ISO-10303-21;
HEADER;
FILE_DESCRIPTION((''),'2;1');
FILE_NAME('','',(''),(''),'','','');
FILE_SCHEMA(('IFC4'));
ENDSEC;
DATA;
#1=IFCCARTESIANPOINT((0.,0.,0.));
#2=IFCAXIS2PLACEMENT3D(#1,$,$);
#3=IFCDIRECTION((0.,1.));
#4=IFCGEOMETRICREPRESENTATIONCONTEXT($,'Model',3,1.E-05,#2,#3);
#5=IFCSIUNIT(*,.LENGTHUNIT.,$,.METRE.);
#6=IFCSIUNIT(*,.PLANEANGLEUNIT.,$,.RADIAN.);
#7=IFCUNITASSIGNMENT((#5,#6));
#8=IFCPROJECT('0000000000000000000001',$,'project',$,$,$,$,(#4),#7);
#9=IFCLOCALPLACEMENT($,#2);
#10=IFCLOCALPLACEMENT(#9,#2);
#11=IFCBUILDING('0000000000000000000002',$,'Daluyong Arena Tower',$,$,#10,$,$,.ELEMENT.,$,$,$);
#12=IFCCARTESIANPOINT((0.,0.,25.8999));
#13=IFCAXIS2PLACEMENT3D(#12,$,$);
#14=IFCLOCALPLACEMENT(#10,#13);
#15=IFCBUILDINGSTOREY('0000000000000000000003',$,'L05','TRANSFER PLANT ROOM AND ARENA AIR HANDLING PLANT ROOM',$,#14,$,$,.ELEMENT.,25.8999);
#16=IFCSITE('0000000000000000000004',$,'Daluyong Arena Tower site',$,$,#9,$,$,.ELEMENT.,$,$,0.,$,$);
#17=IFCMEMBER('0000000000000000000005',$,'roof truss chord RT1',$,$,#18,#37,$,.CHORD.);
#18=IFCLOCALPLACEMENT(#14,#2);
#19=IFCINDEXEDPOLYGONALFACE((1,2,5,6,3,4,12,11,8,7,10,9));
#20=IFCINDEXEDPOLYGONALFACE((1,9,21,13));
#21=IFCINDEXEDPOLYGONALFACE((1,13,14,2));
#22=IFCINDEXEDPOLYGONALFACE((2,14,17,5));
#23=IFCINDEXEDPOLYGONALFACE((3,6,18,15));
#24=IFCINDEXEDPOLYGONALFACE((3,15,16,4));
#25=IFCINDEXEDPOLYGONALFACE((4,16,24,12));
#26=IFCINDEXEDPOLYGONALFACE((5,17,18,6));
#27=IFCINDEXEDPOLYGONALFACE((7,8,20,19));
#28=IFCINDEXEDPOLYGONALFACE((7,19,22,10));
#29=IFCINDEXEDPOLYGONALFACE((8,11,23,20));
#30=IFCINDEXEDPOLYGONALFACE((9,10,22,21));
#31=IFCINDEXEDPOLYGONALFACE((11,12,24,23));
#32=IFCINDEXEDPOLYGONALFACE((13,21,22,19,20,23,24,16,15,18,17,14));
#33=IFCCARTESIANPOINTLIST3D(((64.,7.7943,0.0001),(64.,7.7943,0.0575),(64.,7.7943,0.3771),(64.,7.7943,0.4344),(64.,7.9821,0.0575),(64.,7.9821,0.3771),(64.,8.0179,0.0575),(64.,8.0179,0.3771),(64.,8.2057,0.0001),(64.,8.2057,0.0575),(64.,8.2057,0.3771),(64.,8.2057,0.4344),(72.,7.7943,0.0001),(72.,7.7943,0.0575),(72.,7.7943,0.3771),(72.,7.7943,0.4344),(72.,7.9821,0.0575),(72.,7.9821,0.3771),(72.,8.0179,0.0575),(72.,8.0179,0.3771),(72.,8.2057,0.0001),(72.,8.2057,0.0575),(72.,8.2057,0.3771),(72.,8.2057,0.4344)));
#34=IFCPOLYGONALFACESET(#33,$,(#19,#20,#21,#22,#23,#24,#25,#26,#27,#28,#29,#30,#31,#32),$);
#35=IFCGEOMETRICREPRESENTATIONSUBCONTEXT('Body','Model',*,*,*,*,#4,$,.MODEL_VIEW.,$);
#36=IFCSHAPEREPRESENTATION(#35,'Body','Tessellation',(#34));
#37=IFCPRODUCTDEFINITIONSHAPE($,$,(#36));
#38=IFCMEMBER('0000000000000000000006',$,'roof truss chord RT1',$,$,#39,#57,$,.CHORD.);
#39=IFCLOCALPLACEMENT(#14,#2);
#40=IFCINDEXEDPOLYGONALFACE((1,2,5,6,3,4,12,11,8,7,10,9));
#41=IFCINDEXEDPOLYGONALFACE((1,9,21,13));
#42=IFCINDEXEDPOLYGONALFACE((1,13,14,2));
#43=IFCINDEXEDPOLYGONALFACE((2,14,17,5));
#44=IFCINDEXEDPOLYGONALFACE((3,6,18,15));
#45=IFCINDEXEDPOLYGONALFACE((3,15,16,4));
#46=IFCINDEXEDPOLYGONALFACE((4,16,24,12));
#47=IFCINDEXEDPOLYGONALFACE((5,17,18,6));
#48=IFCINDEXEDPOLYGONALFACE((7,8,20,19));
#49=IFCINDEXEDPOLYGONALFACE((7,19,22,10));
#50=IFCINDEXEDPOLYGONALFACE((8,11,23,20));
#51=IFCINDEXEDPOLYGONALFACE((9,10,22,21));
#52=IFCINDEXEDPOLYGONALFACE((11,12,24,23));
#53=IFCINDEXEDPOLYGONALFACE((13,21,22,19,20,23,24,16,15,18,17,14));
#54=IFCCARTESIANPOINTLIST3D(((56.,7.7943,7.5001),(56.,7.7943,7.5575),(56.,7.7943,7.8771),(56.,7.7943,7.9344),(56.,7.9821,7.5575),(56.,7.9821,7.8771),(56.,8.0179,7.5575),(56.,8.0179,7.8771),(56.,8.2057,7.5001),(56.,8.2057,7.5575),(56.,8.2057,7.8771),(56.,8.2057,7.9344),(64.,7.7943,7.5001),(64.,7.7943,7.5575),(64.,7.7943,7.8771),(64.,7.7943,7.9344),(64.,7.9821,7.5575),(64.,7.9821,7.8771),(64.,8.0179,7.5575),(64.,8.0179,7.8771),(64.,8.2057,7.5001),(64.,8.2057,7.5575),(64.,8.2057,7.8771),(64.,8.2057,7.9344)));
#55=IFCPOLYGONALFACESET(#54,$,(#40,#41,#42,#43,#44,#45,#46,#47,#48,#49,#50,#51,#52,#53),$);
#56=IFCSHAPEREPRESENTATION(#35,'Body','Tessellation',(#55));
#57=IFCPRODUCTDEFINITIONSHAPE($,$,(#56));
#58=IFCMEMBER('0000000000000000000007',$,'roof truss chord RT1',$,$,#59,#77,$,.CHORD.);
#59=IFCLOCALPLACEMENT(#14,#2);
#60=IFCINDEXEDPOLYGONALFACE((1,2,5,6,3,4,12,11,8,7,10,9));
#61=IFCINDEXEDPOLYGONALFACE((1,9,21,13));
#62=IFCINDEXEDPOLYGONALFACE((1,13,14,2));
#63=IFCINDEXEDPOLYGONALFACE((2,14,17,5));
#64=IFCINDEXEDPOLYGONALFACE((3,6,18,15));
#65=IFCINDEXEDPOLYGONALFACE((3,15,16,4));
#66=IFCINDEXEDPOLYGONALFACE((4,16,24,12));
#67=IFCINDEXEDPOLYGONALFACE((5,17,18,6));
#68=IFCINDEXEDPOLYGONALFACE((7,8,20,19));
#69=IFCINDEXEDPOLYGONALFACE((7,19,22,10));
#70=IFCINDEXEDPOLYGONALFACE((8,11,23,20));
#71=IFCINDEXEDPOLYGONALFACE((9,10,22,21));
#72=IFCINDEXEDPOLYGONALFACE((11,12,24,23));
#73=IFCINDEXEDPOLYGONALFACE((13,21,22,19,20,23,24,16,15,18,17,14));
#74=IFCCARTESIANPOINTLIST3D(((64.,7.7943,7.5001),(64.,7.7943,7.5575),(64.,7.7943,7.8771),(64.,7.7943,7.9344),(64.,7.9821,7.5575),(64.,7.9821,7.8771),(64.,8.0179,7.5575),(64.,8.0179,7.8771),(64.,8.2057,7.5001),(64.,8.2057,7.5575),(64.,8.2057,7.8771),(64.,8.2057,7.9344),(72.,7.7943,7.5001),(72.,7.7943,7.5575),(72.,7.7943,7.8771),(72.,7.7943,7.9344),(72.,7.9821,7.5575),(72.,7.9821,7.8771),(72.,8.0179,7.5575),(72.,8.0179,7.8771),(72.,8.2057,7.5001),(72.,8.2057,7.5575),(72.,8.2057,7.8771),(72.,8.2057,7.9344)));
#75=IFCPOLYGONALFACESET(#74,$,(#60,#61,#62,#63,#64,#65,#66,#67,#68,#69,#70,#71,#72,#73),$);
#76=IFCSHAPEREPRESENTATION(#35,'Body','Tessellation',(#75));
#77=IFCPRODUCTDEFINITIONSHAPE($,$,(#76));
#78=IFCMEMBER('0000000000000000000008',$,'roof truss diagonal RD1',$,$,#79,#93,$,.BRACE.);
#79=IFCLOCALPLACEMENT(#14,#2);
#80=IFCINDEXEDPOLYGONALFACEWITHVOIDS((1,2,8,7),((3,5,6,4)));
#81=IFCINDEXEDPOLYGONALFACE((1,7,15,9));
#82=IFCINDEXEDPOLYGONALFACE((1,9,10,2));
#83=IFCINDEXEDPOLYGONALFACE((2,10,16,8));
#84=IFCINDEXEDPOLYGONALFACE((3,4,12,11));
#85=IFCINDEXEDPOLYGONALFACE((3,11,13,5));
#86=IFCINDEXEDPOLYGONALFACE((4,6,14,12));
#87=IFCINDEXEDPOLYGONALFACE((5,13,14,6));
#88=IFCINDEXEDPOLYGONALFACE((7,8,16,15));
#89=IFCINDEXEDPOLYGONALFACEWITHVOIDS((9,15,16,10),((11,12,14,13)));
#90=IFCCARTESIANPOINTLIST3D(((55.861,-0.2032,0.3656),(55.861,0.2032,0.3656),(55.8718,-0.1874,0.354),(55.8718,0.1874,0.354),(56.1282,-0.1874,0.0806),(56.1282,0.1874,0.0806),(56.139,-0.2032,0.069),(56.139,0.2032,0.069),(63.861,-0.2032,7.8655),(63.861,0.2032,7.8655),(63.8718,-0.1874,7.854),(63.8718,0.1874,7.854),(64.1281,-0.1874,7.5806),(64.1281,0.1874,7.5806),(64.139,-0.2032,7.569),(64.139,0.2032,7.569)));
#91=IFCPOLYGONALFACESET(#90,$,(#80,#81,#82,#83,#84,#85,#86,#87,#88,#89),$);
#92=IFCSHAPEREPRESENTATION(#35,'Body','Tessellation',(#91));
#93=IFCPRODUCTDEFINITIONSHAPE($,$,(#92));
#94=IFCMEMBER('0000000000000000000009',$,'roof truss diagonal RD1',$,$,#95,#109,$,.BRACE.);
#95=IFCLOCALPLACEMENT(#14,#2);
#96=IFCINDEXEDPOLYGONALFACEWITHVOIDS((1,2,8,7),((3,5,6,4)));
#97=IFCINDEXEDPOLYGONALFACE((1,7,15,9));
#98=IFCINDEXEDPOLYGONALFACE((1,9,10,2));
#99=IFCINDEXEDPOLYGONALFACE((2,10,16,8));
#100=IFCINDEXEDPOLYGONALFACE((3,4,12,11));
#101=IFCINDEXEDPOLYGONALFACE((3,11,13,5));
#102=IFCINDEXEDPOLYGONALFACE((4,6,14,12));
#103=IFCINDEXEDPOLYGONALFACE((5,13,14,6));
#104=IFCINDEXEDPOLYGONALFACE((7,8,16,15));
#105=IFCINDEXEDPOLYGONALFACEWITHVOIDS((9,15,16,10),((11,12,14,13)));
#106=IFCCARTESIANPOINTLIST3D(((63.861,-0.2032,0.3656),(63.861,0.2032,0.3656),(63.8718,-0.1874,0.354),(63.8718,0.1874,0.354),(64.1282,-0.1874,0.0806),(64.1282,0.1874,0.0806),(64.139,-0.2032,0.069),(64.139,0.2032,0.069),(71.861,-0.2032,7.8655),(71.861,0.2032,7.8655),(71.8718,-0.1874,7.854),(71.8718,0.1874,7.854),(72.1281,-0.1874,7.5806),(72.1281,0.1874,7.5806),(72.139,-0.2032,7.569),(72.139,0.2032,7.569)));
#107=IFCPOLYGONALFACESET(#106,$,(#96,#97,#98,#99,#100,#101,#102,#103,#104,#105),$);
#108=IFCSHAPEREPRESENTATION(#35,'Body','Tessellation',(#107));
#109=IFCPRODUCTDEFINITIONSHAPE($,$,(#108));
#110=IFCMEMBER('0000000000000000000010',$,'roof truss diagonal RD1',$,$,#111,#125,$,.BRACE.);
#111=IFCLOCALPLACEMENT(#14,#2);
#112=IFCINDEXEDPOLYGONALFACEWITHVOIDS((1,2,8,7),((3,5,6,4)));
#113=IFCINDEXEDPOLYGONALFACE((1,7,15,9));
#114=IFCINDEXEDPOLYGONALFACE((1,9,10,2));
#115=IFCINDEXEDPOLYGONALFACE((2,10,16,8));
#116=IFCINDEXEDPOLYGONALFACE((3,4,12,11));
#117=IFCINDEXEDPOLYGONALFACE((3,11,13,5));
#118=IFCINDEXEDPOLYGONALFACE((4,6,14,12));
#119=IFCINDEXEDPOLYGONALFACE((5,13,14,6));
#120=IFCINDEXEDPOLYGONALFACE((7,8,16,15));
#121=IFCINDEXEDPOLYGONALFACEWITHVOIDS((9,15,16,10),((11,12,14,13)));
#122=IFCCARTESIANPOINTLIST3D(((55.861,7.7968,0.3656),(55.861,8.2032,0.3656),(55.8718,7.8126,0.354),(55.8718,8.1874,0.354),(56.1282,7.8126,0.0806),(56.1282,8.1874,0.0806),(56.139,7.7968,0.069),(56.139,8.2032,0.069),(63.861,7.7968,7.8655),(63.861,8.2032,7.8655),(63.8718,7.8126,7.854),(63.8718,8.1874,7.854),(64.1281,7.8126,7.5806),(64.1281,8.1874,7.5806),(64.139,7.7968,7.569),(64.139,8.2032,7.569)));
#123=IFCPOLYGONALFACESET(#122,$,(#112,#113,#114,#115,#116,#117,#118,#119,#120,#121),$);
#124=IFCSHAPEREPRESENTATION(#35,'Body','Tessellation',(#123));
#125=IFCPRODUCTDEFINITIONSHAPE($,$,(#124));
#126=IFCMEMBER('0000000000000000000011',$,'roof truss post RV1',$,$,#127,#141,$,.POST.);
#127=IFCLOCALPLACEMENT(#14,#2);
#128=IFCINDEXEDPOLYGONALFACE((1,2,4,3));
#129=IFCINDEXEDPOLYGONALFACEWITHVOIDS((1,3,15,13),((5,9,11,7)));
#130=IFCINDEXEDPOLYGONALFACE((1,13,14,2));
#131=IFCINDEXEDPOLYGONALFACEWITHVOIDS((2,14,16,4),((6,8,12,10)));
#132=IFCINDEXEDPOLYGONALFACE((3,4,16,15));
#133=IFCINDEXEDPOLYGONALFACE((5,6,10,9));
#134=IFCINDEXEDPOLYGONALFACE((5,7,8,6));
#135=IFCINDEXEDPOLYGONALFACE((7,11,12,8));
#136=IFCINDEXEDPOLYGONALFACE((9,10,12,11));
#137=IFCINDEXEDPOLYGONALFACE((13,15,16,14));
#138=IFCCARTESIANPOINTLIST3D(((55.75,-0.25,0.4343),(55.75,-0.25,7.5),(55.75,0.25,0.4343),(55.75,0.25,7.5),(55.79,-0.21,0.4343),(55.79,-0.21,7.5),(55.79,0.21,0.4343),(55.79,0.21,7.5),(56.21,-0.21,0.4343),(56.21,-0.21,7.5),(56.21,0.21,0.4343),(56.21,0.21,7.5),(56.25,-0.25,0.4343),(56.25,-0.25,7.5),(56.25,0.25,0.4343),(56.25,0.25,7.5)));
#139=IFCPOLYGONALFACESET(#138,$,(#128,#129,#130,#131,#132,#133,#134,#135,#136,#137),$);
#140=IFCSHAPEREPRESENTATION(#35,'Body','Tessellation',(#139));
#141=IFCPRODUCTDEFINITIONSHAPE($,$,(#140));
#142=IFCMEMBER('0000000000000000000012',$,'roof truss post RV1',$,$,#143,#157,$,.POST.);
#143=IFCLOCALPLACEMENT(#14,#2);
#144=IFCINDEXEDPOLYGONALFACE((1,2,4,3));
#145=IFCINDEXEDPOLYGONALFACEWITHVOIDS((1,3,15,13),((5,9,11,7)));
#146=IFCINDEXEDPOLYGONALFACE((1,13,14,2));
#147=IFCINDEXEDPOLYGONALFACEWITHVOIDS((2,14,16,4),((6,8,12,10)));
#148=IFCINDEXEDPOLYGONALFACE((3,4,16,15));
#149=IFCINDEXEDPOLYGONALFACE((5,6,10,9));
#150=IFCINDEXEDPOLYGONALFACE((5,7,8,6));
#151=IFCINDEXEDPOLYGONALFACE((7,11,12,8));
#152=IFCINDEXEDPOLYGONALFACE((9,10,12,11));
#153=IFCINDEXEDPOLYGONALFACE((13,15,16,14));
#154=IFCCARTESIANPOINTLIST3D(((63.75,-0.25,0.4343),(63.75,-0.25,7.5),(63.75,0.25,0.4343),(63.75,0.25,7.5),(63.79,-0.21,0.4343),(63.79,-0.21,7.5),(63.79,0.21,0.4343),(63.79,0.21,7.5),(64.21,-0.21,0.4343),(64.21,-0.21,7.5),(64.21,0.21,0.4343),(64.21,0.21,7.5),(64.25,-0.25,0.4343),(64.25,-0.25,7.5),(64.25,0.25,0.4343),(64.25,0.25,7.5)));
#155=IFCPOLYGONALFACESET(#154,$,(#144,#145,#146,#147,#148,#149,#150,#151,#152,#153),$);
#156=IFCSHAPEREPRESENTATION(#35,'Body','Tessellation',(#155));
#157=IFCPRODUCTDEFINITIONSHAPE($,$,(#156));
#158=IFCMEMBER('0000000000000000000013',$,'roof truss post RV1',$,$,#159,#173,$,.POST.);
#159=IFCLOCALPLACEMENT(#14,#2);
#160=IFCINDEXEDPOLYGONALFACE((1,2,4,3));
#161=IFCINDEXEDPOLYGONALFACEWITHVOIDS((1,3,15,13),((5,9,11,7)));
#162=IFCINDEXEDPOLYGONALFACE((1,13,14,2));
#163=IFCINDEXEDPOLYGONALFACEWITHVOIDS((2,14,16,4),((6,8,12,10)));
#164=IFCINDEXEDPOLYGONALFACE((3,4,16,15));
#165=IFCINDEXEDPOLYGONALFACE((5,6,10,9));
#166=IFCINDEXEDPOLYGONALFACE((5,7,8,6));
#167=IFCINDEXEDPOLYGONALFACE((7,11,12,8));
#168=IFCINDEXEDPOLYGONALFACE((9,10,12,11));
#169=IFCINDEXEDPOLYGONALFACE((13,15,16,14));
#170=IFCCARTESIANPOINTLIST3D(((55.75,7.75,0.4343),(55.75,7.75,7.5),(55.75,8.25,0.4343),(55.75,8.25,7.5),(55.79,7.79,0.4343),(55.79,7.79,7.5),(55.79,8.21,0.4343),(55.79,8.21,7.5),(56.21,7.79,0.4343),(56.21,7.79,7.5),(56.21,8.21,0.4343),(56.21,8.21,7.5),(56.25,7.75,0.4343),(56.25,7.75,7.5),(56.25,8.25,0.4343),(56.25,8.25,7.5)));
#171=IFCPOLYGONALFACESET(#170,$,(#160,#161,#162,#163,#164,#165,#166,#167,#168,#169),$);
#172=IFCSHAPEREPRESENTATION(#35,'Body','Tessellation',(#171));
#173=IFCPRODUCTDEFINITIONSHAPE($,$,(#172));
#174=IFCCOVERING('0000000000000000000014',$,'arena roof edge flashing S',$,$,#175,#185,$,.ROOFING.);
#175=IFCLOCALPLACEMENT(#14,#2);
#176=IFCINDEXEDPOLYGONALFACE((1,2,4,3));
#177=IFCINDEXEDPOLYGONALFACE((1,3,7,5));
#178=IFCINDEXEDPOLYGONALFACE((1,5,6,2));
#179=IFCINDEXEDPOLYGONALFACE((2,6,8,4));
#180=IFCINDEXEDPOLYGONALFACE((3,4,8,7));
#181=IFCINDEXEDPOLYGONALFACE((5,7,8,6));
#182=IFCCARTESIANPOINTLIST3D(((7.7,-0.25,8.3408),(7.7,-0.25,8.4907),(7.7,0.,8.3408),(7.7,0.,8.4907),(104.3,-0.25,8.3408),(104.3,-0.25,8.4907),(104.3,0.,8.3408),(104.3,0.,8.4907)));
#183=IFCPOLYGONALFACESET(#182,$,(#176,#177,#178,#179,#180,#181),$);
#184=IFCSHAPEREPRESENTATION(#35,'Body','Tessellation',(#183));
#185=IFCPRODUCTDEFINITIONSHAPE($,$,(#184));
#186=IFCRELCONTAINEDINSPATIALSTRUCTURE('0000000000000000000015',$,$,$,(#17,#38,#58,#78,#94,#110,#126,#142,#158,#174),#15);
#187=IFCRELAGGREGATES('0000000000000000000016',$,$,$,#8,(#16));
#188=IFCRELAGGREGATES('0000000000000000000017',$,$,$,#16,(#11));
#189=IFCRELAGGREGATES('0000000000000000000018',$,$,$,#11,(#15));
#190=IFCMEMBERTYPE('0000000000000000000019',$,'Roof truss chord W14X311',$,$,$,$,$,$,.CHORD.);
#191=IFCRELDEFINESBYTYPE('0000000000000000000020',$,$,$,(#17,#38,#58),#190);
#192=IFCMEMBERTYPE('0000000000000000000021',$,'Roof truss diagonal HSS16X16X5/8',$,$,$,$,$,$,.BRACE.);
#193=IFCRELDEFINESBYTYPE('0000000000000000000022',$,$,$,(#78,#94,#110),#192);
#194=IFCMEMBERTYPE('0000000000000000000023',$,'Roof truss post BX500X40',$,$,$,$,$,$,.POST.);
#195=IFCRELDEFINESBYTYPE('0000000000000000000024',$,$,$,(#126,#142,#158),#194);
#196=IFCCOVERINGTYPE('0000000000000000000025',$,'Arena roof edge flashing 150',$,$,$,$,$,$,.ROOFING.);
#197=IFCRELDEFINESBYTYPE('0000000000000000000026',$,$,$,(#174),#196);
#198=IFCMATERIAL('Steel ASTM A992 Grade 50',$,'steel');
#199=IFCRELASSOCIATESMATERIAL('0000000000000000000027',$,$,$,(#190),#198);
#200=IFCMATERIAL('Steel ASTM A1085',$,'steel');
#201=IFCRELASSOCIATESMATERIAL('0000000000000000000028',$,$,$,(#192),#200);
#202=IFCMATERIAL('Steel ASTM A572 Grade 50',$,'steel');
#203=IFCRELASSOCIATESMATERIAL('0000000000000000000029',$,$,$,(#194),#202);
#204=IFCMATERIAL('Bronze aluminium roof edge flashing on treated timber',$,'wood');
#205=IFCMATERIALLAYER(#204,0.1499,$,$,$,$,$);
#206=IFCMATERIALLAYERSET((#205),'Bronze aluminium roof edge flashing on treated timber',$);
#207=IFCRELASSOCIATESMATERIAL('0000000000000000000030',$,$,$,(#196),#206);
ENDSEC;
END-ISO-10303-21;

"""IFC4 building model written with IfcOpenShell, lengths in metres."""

from ifc_helpers import new_model, si_unit, direction, frame, origin, origin_2d, place, context, subcontext, project, spatial, rectangle, hollow_rectangle, i_section, extrude, material, layer, layer_set, material_profile, profile_set, type_object, element, save


model = new_model("IFC4")

# Units and contexts
model_context = context("Model", 3, precision=1e-05, world=origin(), true_north=direction((0.0, 1.0)))
body_context = subcontext(model_context, "Body", "Model", "MODEL_VIEW")
ifc_project = project(units=[si_unit("LENGTHUNIT", "METRE"), si_unit("PLANEANGLEUNIT", "RADIAN")], contexts=[model_context])

# Site, building, storey
site_placement = place(None, origin())
site = spatial("IfcSite", under=ifc_project, at=site_placement, Name="Daluyong Arena Tower site", CompositionType="ELEMENT", RefElevation=0.0)
building_placement = place(site_placement, origin())
building = spatial("IfcBuilding", under=site, at=building_placement, Name="Daluyong Arena Tower", CompositionType="ELEMENT")
storey_placement = place(building_placement, frame((0.0, 0.0, 25.8999)))
storey = spatial("IfcBuildingStorey", under=building, at=storey_placement, Name="L05", Description="TRANSFER PLANT ROOM AND ARENA AIR HANDLING PLANT ROOM", CompositionType="ELEMENT", Elevation=25.8999)

# Members
ifc_material_1 = material(Name="Steel ASTM A992 Grade 50", Category="steel")
ifc_material_profile_1 = material_profile(ifc_material_1, i_section(OverallWidth=0.4114, OverallDepth=0.4343, WebThickness=0.0359, FlangeThickness=0.0574, at=origin_2d()))
ifc_profile_set_1 = profile_set([ifc_material_profile_1], Name="Steel ASTM A992 Grade 50")
member_type_1 = type_object("IfcMemberType", Name="Roof truss chord W14X311", PredefinedType="CHORD", material=ifc_profile_set_1)
for number, where, z_axis, x_axis, name in (
    (1, (64.0, 8.0, 0.2173), (1.0, 0.0, 0.0), (0.0, 1.0, 0.0), "roof truss chord RT1"),
    (2, (56.0, 8.0, 7.7173), (1.0, 0.0, 0.0), (0.0, 1.0, 0.0), "roof truss chord RT1"),
    (3, (64.0, 8.0, 7.7173), (1.0, 0.0, 0.0), (0.0, 1.0, 0.0), "roof truss chord RT1"),
):
    element("IfcMember", number, at=place(storey_placement, frame(where, z_axis=z_axis, x_axis=x_axis)), inside=storey, type_object=member_type_1, Name=name, PredefinedType="CHORD", context=body_context, shape_type="SweptSolid", body=[
        extrude(i_section(OverallWidth=0.4114, OverallDepth=0.4343, WebThickness=0.0359, FlangeThickness=0.0574, at=origin_2d()), origin(), (0.0, 0.0, 1.0), 8.0),
    ])
ifc_material_2 = material(Name="Steel ASTM A1085", Category="steel")
ifc_material_profile_2 = material_profile(ifc_material_2, hollow_rectangle(XDim=0.4065, YDim=0.4065, WallThickness=0.0159, at=origin_2d()))
ifc_profile_set_2 = profile_set([ifc_material_profile_2], Name="Steel ASTM A1085")
member_type_2 = type_object("IfcMemberType", Name="Roof truss diagonal HSS16X16X5/8", PredefinedType="BRACE", material=ifc_profile_set_2)
for number, where, z_axis, x_axis, name in (
    (4, (56.0, 0.0, 0.2173), (0.729537, 0.0, 0.683941), (0.0, 1.0, 0.0), "roof truss diagonal RD1"),
    (5, (64.0, 0.0, 0.2173), (0.729537, 0.0, 0.683941), (0.0, 1.0, 0.0), "roof truss diagonal RD1"),
    (6, (56.0, 8.0, 0.2173), (0.729537, 0.0, 0.683941), (0.0, 1.0, 0.0), "roof truss diagonal RD1"),
):
    element("IfcMember", number, at=place(storey_placement, frame(where, z_axis=z_axis, x_axis=x_axis)), inside=storey, type_object=member_type_2, Name=name, PredefinedType="BRACE", context=body_context, shape_type="SweptSolid", body=[
        extrude(hollow_rectangle(XDim=0.4065, YDim=0.4065, WallThickness=0.0159, at=origin_2d()), origin(), (0.0, 0.0, 1.0), 10.9658),
    ])
ifc_material_3 = material(Name="Steel ASTM A572 Grade 50", Category="steel")
ifc_material_profile_3 = material_profile(ifc_material_3, hollow_rectangle(XDim=0.5, YDim=0.5, WallThickness=0.04, at=origin_2d()))
ifc_profile_set_3 = profile_set([ifc_material_profile_3], Name="Steel ASTM A572 Grade 50")
member_type_3 = type_object("IfcMemberType", Name="Roof truss post BX500X40", PredefinedType="POST", material=ifc_profile_set_3)
for number, where, z_axis, x_axis, name in (
    (7, (56.0, 0.0, 0.4343), (0.0, 0.0, 1.0), (1.0, 0.0, 0.0), "roof truss post RV1"),
    (8, (64.0, 0.0, 0.4343), (0.0, 0.0, 1.0), (1.0, 0.0, 0.0), "roof truss post RV1"),
    (9, (56.0, 8.0, 0.4343), (0.0, 0.0, 1.0), (1.0, 0.0, 0.0), "roof truss post RV1"),
):
    element("IfcMember", number, at=place(storey_placement, frame(where, z_axis=z_axis, x_axis=x_axis)), inside=storey, type_object=member_type_3, Name=name, PredefinedType="POST", context=body_context, shape_type="SweptSolid", body=[
        extrude(hollow_rectangle(XDim=0.5, YDim=0.5, WallThickness=0.04, at=origin_2d()), origin(), (0.0, 0.0, 1.0), 7.0657),
    ])

# Covering
ifc_material_4 = material(Name="Bronze aluminium roof edge flashing on treated timber", Category="wood")
ifc_layer = layer(ifc_material_4, 0.1499)
ifc_layer_set = layer_set([ifc_layer], Name="Bronze aluminium roof edge flashing on treated timber")
covering_type = type_object("IfcCoveringType", Name="Arena roof edge flashing 150", PredefinedType="ROOFING", material=ifc_layer_set)
covering_placement = place(storey_placement, frame((56.0, -0.125, 8.3408), z_axis=(0.0, 0.0, 1.0), x_axis=(1.0, 0.0, 0.0)))
element("IfcCovering", 10, at=covering_placement, inside=storey, type_object=covering_type, Name="arena roof edge flashing S", PredefinedType="ROOFING", context=body_context, shape_type="SweptSolid", body=[
    extrude(rectangle(XDim=96.6001, YDim=0.25, at=origin_2d()), origin(), (0.0, 0.0, 1.0), 0.1499),
])

save(model, "model.ifc")
